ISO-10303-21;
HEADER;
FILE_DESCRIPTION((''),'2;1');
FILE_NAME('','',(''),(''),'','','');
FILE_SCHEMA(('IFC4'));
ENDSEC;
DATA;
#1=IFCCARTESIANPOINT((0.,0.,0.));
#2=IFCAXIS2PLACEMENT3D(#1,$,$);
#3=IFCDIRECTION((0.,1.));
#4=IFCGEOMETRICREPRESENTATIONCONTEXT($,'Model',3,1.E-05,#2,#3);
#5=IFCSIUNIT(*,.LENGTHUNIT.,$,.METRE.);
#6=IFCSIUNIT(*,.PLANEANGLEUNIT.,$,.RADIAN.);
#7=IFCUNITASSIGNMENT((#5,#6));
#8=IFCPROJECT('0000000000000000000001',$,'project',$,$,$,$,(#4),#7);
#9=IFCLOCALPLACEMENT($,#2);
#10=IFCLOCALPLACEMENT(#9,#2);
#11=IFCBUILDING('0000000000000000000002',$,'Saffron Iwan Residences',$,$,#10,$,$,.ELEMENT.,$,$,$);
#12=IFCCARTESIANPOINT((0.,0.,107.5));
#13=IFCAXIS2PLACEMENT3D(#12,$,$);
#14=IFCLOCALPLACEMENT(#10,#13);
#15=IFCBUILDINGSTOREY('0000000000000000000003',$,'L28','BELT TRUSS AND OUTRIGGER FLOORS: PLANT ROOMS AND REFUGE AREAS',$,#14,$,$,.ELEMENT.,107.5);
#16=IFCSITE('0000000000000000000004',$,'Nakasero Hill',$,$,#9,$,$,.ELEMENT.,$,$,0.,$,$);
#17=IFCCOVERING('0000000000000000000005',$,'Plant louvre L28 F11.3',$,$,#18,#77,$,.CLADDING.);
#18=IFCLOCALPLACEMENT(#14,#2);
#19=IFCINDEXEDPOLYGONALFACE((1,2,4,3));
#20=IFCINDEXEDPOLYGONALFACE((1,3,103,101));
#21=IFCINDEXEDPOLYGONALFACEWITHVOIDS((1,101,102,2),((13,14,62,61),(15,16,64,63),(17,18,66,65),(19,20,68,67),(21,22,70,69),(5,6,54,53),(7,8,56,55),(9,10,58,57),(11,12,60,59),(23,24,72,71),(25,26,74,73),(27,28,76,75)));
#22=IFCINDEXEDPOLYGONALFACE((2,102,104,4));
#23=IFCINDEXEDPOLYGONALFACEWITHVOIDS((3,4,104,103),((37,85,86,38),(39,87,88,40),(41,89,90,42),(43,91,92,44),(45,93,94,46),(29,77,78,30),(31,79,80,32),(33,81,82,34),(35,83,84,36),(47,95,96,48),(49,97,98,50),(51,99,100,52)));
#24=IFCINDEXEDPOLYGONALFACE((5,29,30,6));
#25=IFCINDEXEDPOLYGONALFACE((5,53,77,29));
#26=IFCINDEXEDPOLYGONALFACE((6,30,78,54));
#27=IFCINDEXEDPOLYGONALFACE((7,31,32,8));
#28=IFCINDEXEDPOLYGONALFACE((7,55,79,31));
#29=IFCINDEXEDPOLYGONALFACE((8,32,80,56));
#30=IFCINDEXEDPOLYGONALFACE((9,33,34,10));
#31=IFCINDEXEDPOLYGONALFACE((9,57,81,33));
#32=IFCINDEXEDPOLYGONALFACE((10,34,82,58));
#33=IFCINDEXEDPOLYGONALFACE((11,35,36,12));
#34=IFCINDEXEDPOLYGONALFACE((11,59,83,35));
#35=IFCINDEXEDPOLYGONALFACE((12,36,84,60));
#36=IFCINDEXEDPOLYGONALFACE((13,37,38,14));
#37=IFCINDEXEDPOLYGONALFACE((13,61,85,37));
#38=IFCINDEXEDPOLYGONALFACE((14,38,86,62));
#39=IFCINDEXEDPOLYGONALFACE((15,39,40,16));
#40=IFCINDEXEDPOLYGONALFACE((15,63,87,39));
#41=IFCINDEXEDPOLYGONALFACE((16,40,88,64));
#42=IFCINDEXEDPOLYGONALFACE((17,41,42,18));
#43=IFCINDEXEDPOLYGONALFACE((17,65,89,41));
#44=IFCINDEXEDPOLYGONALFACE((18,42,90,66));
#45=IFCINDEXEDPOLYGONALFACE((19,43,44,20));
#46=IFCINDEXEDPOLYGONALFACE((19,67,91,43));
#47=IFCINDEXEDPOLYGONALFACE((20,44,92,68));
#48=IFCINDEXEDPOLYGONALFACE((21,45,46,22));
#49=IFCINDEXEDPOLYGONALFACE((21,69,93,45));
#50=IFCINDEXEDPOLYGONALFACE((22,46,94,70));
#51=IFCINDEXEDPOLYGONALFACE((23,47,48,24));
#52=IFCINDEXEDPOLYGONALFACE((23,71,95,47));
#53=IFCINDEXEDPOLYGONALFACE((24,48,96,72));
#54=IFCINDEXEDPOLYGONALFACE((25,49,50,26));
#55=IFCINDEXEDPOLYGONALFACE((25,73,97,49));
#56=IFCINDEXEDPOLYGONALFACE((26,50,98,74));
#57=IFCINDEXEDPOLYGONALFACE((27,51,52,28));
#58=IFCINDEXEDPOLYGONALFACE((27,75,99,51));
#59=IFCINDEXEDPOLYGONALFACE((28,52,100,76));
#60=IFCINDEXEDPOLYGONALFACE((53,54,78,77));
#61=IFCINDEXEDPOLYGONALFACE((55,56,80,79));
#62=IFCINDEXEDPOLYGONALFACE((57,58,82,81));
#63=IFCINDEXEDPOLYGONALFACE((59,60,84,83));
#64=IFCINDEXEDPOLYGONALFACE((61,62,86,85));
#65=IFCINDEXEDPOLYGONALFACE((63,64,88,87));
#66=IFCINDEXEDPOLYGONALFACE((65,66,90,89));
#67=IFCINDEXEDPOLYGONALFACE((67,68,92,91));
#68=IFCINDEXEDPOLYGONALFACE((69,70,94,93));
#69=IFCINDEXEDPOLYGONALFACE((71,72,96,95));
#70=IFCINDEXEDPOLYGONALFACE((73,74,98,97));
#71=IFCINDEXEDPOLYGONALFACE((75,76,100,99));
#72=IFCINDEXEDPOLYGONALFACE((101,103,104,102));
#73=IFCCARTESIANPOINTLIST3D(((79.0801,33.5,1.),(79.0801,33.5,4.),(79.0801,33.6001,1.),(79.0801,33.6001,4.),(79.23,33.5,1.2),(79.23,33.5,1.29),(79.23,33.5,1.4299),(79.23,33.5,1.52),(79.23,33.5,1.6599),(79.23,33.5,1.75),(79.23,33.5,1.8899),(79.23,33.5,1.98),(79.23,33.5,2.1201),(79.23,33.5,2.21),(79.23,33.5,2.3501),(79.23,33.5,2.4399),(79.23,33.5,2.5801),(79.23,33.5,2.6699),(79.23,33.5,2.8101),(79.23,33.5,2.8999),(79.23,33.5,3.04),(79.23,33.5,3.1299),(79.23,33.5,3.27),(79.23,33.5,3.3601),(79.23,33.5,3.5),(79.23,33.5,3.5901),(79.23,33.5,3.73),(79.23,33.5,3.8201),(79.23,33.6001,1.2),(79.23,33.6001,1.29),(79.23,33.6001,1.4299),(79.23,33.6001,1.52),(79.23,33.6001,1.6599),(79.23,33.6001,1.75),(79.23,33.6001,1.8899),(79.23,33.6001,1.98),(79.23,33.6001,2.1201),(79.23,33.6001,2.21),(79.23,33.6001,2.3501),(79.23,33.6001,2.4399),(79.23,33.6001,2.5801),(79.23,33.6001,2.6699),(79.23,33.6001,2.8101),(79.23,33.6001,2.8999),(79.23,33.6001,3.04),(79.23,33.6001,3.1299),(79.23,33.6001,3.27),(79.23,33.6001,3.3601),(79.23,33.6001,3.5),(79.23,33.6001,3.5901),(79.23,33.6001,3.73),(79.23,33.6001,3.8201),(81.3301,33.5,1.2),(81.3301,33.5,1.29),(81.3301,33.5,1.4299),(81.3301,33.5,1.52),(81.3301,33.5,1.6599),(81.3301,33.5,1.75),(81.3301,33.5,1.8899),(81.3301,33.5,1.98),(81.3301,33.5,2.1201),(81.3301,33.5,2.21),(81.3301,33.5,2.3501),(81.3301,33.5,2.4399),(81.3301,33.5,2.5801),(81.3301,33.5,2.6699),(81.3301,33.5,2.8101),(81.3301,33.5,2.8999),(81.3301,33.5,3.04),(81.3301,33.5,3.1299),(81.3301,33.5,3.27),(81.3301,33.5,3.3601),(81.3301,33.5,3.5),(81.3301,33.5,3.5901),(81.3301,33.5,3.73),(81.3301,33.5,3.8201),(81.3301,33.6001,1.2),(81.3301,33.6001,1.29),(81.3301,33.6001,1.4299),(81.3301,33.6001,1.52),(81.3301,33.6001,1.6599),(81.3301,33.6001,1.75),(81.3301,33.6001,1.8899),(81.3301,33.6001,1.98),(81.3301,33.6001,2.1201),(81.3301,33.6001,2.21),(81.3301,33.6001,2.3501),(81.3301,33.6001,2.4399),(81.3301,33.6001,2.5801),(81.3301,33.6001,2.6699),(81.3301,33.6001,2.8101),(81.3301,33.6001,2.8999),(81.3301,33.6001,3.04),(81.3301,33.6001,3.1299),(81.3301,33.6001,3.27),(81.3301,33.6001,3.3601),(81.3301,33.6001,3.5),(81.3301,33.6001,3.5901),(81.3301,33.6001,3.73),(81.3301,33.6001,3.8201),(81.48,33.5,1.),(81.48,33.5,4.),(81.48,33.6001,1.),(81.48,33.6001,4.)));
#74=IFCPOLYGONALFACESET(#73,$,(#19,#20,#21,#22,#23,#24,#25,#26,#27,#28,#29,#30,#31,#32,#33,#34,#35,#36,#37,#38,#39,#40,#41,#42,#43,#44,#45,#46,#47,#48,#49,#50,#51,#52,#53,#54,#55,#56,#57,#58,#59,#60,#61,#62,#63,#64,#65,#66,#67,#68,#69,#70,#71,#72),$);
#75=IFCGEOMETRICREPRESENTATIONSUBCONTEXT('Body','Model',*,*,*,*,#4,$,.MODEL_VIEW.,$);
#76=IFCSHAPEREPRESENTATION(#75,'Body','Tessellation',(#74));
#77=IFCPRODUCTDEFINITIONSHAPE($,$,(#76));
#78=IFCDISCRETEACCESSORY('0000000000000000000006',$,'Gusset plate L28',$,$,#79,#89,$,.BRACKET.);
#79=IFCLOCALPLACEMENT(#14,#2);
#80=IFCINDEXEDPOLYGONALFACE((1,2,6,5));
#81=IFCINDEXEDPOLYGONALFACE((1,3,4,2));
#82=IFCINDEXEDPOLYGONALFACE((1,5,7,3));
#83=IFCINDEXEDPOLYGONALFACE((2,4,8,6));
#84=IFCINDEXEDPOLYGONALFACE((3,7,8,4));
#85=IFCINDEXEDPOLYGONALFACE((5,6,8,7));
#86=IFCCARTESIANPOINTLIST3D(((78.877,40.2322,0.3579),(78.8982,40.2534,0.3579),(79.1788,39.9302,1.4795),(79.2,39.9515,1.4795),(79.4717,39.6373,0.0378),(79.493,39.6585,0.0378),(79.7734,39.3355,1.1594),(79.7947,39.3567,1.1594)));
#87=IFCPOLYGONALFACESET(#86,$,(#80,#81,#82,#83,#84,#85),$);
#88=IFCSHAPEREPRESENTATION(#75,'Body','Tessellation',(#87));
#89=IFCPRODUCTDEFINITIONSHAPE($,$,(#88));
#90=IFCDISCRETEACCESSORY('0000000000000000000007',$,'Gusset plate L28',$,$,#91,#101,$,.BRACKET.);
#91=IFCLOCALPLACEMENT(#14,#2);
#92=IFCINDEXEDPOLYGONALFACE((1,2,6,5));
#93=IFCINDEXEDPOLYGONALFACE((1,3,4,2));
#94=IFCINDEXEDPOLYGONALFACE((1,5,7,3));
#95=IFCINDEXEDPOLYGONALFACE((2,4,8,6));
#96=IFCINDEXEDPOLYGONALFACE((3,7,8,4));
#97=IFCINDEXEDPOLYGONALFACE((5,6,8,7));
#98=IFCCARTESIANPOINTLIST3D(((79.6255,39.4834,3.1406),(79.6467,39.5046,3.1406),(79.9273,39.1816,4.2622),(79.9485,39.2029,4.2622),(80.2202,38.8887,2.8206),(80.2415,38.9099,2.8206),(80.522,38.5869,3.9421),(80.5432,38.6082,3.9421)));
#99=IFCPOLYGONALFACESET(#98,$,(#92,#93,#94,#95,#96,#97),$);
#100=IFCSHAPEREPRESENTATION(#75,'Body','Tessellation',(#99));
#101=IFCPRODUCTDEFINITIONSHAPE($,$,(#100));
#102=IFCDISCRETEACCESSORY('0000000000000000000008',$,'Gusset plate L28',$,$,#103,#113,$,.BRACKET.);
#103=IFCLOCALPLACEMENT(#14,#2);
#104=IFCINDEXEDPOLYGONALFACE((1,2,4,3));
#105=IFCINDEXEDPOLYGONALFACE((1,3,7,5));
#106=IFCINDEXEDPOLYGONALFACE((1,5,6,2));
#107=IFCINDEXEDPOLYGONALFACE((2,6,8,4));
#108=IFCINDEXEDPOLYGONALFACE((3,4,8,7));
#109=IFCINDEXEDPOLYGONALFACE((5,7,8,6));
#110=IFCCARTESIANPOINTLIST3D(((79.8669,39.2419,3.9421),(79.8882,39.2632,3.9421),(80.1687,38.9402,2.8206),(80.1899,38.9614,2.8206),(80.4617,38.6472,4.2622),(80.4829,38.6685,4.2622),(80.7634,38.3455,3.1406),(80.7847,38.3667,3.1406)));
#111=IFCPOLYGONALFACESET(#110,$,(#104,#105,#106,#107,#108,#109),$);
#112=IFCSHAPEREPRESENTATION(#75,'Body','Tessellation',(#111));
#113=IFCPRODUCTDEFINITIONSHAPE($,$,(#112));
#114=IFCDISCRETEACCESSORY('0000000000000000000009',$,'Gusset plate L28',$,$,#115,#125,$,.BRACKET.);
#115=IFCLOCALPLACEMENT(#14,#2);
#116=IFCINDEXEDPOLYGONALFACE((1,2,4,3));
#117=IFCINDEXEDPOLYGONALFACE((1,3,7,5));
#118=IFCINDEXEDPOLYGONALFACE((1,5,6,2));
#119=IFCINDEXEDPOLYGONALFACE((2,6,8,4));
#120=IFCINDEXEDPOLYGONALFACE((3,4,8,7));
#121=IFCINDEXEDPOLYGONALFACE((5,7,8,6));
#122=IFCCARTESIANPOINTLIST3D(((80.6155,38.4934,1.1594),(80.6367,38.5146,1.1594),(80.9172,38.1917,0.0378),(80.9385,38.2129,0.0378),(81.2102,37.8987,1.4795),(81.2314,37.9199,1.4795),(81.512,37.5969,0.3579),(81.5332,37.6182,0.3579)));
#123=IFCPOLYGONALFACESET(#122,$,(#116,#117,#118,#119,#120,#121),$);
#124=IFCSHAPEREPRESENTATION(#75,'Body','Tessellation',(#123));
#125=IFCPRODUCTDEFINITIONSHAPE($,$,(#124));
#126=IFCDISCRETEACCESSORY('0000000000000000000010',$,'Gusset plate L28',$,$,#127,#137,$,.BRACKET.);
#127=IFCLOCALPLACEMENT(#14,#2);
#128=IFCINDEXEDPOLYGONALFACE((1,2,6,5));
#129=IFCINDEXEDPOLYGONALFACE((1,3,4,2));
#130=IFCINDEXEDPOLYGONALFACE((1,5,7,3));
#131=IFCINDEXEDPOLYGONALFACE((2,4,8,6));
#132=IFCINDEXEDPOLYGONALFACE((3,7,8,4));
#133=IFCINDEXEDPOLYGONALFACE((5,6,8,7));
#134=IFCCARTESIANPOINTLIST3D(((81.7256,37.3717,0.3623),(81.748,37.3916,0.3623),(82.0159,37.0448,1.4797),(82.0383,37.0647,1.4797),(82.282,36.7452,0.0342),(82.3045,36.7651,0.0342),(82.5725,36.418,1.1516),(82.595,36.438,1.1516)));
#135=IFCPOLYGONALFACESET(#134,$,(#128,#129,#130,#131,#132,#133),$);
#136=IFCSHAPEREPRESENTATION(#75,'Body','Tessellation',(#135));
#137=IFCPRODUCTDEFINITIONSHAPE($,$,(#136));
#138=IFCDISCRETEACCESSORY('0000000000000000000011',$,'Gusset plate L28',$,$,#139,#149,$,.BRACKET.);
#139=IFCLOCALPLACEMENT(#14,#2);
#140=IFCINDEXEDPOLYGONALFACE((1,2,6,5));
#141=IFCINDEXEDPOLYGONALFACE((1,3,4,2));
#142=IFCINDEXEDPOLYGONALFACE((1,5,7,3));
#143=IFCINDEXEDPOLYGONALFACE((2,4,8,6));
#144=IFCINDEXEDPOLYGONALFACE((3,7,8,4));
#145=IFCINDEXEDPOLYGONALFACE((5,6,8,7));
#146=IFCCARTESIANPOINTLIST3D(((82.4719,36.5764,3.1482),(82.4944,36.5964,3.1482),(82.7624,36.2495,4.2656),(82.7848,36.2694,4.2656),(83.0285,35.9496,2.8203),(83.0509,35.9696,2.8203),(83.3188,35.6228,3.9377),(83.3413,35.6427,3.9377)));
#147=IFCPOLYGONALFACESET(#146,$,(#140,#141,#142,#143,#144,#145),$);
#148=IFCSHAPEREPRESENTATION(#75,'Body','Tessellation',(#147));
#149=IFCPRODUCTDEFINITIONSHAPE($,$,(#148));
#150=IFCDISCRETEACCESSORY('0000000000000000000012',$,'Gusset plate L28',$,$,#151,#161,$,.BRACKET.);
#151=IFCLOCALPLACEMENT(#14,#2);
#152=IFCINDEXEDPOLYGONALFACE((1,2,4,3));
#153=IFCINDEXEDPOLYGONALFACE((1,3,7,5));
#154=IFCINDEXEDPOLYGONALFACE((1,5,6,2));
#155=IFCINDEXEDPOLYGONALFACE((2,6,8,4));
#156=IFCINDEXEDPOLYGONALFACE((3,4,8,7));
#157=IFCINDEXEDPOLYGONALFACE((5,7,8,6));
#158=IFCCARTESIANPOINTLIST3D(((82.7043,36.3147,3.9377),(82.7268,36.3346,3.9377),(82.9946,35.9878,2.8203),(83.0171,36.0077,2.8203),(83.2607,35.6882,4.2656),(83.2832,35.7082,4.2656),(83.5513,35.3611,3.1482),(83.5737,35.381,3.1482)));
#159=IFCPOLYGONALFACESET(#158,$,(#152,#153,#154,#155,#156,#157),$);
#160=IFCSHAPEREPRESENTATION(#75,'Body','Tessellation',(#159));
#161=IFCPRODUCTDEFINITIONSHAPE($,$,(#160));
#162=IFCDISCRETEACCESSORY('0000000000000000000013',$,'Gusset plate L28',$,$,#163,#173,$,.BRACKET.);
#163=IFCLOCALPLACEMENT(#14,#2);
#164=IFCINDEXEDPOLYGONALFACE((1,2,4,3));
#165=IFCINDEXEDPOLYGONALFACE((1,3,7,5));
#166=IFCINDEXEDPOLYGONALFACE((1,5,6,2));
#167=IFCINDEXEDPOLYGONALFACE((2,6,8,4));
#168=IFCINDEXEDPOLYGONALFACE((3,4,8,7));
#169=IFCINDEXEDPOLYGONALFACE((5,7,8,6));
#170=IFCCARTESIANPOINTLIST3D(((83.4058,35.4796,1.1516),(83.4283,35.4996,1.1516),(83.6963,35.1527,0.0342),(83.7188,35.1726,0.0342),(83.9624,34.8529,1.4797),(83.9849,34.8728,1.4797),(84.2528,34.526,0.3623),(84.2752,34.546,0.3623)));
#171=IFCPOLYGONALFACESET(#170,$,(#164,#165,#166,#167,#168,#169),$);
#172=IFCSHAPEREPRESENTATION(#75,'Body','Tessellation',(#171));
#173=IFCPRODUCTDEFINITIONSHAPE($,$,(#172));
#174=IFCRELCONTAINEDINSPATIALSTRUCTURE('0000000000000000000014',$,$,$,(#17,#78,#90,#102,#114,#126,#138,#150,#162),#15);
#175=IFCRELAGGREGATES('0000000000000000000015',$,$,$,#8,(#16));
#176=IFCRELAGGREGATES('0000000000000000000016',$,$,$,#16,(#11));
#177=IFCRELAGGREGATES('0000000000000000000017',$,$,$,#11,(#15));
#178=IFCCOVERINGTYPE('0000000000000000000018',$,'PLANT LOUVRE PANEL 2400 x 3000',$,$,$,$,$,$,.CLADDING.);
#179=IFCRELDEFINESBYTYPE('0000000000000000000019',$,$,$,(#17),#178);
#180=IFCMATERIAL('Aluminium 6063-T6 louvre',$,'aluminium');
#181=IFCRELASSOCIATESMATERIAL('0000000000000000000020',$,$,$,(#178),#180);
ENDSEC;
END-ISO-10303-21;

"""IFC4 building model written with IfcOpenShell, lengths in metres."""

from ifc_helpers import new_model, si_unit, direction, frame, origin, place, context, subcontext, project, spatial, polyline, outline, extrude, material, type_object, element, save


model = new_model("IFC4")

# Units and contexts
model_context = context("Model", 3, precision=1e-05, world=origin(), true_north=direction((0.0, 1.0)))
body_context = subcontext(model_context, "Body", "Model", "MODEL_VIEW")
ifc_project = project(units=[si_unit("LENGTHUNIT", "METRE"), si_unit("PLANEANGLEUNIT", "RADIAN")], contexts=[model_context])

# Site, building, storey
site_placement = place(None, origin())
site = spatial("IfcSite", under=ifc_project, at=site_placement, Name="Nakasero Hill", CompositionType="ELEMENT", RefElevation=0.0)
building_placement = place(site_placement, origin())
building = spatial("IfcBuilding", under=site, at=building_placement, Name="Saffron Iwan Residences", CompositionType="ELEMENT")
storey_placement = place(building_placement, frame((0.0, 0.0, 107.5)))
storey = spatial("IfcBuildingStorey", under=building, at=storey_placement, Name="L28", Description="BELT TRUSS AND OUTRIGGER FLOORS: PLANT ROOMS AND REFUGE AREAS", CompositionType="ELEMENT", Elevation=107.5)

# Covering
ifc_material_1 = material(Name="Aluminium 6063-T6 louvre", Category="aluminium")
covering_type_1 = type_object("IfcCoveringType", Name="PLANT LOUVRE PANEL 2400 x 3000", PredefinedType="CLADDING", material=ifc_material_1)
covering_1_placement = place(storey_placement, frame((79.0801, 33.6001, 1.0), z_axis=(0.0, -1.0, 0.0), x_axis=(1.0, 0.0, 0.0)))
element("IfcCovering", 1, at=covering_1_placement, inside=storey, type_object=covering_type_1, Name="Plant louvre L28 F11.3", PredefinedType="CLADDING", context=body_context, shape_type="SweptSolid", body=[
    extrude(outline(polyline([(0.0, 0.0), (2.3999, 0.0), (2.3999, 3.0), (0.0, 3.0), (0.0, 0.0)]), holes=[polyline([(0.1499, 0.2), (2.25, 0.2), (2.25, 0.29), (0.1499, 0.29), (0.1499, 0.2)]), polyline([(0.1499, 0.4299), (2.25, 0.4299), (2.25, 0.52), (0.1499, 0.52), (0.1499, 0.4299)]), polyline([(0.1499, 0.6599), (2.25, 0.6599), (2.25, 0.75), (0.1499, 0.75), (0.1499, 0.6599)]), polyline([(0.1499, 0.8899), (2.25, 0.8899), (2.25, 0.98), (0.1499, 0.98), (0.1499, 0.8899)]), polyline([(0.1499, 1.1201), (2.25, 1.1201), (2.25, 1.21), (0.1499, 1.21), (0.1499, 1.1201)]), polyline([(0.1499, 1.3501), (2.25, 1.3501), (2.25, 1.4399), (0.1499, 1.4399), (0.1499, 1.3501)]), polyline([(0.1499, 1.5801), (2.25, 1.5801), (2.25, 1.6699), (0.1499, 1.6699), (0.1499, 1.5801)]), polyline([(0.1499, 1.8101), (2.25, 1.8101), (2.25, 1.8999), (0.1499, 1.8999), (0.1499, 1.8101)]), polyline([(0.1499, 2.04), (2.25, 2.04), (2.25, 2.1299), (0.1499, 2.1299), (0.1499, 2.04)]), polyline([(0.1499, 2.27), (2.25, 2.27), (2.25, 2.3601), (0.1499, 2.3601), (0.1499, 2.27)]), polyline([(0.1499, 2.5), (2.25, 2.5), (2.25, 2.5901), (0.1499, 2.5901), (0.1499, 2.5)]), polyline([(0.1499, 2.73), (2.25, 2.73), (2.25, 2.8201), (0.1499, 2.8201), (0.1499, 2.73)])]), origin(), (0.0, 0.0, 1.0), 0.1001),
])

# Discrete accessories
discrete_accessory_1_placement = place(storey_placement, frame((78.8982, 40.2534, 0.3579), z_axis=(0.707188, 0.707025, 0.000033), x_axis=(0.251497, -0.251599, 0.934584)))
element("IfcDiscreteAccessory", 2, at=discrete_accessory_1_placement, inside=storey, Name="Gusset plate L28", PredefinedType="BRACKET", context=body_context, shape_type="SweptSolid", body=[
    extrude(outline(polyline([(0.0, 0.0), (1.2001, 0.0), (1.2002, 0.8999), (0.0001, 0.9001), (0.0, 0.0)])), origin(), (0.0, 0.0, -1.0), 0.03),
])
discrete_accessory_2_placement = place(storey_placement, frame((80.5432, 38.6082, 3.9421), z_axis=(0.707107, 0.707107, 0.0), x_axis=(-0.251459, 0.251459, -0.934632)))
element("IfcDiscreteAccessory", 3, at=discrete_accessory_2_placement, inside=storey, Name="Gusset plate L28", PredefinedType="BRACKET", context=body_context, shape_type="SweptSolid", body=[
    extrude(outline(polyline([(0.0, 0.0), (1.2, 0.0), (1.2, 0.8999), (0.0, 0.8999), (0.0, 0.0)])), origin(), (0.0, 0.0, -1.0), 0.03),
])
for number, where, z_axis, x_axis, name in (
    (4, (80.4829, 38.6685, 4.2622), (0.707107, 0.707107, 0.0), (0.251459, -0.251459, -0.934632), "Gusset plate L28"),
    (5, (80.9385, 38.2129, 0.0378), (0.707107, 0.707107, 0.0), (-0.251459, 0.251459, 0.934632), "Gusset plate L28"),
):
    element("IfcDiscreteAccessory", number, at=place(storey_placement, frame(where, z_axis=z_axis, x_axis=x_axis)), inside=storey, Name=name, PredefinedType="BRACKET", context=body_context, shape_type="SweptSolid", body=[
        extrude(outline(polyline([(0.0, 0.0), (1.2, 0.0), (1.2001, 0.8999), (0.0, 0.8999), (0.0, 0.0)])), origin(), (0.0, 0.0, -1.0), 0.03),
    ])
discrete_accessory_3_placement = place(storey_placement, frame((81.748, 37.3916, 0.3623), z_axis=(0.747682, 0.664057, 0.00003), x_axis=(0.241927, -0.272435, 0.931263)))
element("IfcDiscreteAccessory", 6, at=discrete_accessory_3_placement, inside=storey, Name="Gusset plate L28", PredefinedType="BRACKET", context=body_context, shape_type="SweptSolid", body=[
    extrude(outline(polyline([(0.0, 0.0), (1.1999, 0.0), (1.1997, 0.9002), (-0.0003, 0.8998), (0.0, 0.0)])), origin(), (0.0, 0.0, -1.0), 0.03),
])
discrete_accessory_4_placement = place(storey_placement, frame((83.3188, 35.6228, 3.9377), z_axis=(-0.747722, -0.664012, 0.000066), x_axis=(-0.241978, 0.27239, -0.931263)))
element("IfcDiscreteAccessory", 7, at=discrete_accessory_4_placement, inside=storey, Name="Gusset plate L28", PredefinedType="BRACKET", context=body_context, shape_type="SweptSolid", body=[
    extrude(outline(polyline([(0.0, 0.0), (1.1999, 0.0), (1.2, -0.9001), (0.0, -0.8999), (0.0, 0.0)])), origin(), (0.0, 0.0, -1.0), 0.03),
])
discrete_accessory_5_placement = place(storey_placement, frame((83.2607, 35.6882, 4.2656), z_axis=(-0.747682, -0.664057, 0.00003), x_axis=(0.242093, -0.272621, -0.931165)))
element("IfcDiscreteAccessory", 8, at=discrete_accessory_5_placement, inside=storey, Name="Gusset plate L28", PredefinedType="BRACKET", context=body_context, shape_type="SweptSolid", body=[
    extrude(outline(polyline([(0.0, 0.0), (1.2, 0.0), (1.1997, -0.9001), (-0.0002, -0.8997), (0.0, 0.0)])), origin(), (0.0, 0.0, -1.0), 0.03),
])
discrete_accessory_6_placement = place(storey_placement, frame((83.7188, 35.1726, 0.0342), z_axis=(0.747722, 0.664012, 0.000066), x_axis=(-0.242055, 0.272478, 0.931217)))
element("IfcDiscreteAccessory", 9, at=discrete_accessory_6_placement, inside=storey, Name="Gusset plate L28", PredefinedType="BRACKET", context=body_context, shape_type="SweptSolid", body=[
    extrude(outline(polyline([(0.0, 0.0), (1.2, 0.0), (1.2, 0.9002), (0.0001, 0.9), (0.0, 0.0)])), origin(), (0.0, 0.0, -1.0), 0.03),
])

save(model, "model.ifc")
